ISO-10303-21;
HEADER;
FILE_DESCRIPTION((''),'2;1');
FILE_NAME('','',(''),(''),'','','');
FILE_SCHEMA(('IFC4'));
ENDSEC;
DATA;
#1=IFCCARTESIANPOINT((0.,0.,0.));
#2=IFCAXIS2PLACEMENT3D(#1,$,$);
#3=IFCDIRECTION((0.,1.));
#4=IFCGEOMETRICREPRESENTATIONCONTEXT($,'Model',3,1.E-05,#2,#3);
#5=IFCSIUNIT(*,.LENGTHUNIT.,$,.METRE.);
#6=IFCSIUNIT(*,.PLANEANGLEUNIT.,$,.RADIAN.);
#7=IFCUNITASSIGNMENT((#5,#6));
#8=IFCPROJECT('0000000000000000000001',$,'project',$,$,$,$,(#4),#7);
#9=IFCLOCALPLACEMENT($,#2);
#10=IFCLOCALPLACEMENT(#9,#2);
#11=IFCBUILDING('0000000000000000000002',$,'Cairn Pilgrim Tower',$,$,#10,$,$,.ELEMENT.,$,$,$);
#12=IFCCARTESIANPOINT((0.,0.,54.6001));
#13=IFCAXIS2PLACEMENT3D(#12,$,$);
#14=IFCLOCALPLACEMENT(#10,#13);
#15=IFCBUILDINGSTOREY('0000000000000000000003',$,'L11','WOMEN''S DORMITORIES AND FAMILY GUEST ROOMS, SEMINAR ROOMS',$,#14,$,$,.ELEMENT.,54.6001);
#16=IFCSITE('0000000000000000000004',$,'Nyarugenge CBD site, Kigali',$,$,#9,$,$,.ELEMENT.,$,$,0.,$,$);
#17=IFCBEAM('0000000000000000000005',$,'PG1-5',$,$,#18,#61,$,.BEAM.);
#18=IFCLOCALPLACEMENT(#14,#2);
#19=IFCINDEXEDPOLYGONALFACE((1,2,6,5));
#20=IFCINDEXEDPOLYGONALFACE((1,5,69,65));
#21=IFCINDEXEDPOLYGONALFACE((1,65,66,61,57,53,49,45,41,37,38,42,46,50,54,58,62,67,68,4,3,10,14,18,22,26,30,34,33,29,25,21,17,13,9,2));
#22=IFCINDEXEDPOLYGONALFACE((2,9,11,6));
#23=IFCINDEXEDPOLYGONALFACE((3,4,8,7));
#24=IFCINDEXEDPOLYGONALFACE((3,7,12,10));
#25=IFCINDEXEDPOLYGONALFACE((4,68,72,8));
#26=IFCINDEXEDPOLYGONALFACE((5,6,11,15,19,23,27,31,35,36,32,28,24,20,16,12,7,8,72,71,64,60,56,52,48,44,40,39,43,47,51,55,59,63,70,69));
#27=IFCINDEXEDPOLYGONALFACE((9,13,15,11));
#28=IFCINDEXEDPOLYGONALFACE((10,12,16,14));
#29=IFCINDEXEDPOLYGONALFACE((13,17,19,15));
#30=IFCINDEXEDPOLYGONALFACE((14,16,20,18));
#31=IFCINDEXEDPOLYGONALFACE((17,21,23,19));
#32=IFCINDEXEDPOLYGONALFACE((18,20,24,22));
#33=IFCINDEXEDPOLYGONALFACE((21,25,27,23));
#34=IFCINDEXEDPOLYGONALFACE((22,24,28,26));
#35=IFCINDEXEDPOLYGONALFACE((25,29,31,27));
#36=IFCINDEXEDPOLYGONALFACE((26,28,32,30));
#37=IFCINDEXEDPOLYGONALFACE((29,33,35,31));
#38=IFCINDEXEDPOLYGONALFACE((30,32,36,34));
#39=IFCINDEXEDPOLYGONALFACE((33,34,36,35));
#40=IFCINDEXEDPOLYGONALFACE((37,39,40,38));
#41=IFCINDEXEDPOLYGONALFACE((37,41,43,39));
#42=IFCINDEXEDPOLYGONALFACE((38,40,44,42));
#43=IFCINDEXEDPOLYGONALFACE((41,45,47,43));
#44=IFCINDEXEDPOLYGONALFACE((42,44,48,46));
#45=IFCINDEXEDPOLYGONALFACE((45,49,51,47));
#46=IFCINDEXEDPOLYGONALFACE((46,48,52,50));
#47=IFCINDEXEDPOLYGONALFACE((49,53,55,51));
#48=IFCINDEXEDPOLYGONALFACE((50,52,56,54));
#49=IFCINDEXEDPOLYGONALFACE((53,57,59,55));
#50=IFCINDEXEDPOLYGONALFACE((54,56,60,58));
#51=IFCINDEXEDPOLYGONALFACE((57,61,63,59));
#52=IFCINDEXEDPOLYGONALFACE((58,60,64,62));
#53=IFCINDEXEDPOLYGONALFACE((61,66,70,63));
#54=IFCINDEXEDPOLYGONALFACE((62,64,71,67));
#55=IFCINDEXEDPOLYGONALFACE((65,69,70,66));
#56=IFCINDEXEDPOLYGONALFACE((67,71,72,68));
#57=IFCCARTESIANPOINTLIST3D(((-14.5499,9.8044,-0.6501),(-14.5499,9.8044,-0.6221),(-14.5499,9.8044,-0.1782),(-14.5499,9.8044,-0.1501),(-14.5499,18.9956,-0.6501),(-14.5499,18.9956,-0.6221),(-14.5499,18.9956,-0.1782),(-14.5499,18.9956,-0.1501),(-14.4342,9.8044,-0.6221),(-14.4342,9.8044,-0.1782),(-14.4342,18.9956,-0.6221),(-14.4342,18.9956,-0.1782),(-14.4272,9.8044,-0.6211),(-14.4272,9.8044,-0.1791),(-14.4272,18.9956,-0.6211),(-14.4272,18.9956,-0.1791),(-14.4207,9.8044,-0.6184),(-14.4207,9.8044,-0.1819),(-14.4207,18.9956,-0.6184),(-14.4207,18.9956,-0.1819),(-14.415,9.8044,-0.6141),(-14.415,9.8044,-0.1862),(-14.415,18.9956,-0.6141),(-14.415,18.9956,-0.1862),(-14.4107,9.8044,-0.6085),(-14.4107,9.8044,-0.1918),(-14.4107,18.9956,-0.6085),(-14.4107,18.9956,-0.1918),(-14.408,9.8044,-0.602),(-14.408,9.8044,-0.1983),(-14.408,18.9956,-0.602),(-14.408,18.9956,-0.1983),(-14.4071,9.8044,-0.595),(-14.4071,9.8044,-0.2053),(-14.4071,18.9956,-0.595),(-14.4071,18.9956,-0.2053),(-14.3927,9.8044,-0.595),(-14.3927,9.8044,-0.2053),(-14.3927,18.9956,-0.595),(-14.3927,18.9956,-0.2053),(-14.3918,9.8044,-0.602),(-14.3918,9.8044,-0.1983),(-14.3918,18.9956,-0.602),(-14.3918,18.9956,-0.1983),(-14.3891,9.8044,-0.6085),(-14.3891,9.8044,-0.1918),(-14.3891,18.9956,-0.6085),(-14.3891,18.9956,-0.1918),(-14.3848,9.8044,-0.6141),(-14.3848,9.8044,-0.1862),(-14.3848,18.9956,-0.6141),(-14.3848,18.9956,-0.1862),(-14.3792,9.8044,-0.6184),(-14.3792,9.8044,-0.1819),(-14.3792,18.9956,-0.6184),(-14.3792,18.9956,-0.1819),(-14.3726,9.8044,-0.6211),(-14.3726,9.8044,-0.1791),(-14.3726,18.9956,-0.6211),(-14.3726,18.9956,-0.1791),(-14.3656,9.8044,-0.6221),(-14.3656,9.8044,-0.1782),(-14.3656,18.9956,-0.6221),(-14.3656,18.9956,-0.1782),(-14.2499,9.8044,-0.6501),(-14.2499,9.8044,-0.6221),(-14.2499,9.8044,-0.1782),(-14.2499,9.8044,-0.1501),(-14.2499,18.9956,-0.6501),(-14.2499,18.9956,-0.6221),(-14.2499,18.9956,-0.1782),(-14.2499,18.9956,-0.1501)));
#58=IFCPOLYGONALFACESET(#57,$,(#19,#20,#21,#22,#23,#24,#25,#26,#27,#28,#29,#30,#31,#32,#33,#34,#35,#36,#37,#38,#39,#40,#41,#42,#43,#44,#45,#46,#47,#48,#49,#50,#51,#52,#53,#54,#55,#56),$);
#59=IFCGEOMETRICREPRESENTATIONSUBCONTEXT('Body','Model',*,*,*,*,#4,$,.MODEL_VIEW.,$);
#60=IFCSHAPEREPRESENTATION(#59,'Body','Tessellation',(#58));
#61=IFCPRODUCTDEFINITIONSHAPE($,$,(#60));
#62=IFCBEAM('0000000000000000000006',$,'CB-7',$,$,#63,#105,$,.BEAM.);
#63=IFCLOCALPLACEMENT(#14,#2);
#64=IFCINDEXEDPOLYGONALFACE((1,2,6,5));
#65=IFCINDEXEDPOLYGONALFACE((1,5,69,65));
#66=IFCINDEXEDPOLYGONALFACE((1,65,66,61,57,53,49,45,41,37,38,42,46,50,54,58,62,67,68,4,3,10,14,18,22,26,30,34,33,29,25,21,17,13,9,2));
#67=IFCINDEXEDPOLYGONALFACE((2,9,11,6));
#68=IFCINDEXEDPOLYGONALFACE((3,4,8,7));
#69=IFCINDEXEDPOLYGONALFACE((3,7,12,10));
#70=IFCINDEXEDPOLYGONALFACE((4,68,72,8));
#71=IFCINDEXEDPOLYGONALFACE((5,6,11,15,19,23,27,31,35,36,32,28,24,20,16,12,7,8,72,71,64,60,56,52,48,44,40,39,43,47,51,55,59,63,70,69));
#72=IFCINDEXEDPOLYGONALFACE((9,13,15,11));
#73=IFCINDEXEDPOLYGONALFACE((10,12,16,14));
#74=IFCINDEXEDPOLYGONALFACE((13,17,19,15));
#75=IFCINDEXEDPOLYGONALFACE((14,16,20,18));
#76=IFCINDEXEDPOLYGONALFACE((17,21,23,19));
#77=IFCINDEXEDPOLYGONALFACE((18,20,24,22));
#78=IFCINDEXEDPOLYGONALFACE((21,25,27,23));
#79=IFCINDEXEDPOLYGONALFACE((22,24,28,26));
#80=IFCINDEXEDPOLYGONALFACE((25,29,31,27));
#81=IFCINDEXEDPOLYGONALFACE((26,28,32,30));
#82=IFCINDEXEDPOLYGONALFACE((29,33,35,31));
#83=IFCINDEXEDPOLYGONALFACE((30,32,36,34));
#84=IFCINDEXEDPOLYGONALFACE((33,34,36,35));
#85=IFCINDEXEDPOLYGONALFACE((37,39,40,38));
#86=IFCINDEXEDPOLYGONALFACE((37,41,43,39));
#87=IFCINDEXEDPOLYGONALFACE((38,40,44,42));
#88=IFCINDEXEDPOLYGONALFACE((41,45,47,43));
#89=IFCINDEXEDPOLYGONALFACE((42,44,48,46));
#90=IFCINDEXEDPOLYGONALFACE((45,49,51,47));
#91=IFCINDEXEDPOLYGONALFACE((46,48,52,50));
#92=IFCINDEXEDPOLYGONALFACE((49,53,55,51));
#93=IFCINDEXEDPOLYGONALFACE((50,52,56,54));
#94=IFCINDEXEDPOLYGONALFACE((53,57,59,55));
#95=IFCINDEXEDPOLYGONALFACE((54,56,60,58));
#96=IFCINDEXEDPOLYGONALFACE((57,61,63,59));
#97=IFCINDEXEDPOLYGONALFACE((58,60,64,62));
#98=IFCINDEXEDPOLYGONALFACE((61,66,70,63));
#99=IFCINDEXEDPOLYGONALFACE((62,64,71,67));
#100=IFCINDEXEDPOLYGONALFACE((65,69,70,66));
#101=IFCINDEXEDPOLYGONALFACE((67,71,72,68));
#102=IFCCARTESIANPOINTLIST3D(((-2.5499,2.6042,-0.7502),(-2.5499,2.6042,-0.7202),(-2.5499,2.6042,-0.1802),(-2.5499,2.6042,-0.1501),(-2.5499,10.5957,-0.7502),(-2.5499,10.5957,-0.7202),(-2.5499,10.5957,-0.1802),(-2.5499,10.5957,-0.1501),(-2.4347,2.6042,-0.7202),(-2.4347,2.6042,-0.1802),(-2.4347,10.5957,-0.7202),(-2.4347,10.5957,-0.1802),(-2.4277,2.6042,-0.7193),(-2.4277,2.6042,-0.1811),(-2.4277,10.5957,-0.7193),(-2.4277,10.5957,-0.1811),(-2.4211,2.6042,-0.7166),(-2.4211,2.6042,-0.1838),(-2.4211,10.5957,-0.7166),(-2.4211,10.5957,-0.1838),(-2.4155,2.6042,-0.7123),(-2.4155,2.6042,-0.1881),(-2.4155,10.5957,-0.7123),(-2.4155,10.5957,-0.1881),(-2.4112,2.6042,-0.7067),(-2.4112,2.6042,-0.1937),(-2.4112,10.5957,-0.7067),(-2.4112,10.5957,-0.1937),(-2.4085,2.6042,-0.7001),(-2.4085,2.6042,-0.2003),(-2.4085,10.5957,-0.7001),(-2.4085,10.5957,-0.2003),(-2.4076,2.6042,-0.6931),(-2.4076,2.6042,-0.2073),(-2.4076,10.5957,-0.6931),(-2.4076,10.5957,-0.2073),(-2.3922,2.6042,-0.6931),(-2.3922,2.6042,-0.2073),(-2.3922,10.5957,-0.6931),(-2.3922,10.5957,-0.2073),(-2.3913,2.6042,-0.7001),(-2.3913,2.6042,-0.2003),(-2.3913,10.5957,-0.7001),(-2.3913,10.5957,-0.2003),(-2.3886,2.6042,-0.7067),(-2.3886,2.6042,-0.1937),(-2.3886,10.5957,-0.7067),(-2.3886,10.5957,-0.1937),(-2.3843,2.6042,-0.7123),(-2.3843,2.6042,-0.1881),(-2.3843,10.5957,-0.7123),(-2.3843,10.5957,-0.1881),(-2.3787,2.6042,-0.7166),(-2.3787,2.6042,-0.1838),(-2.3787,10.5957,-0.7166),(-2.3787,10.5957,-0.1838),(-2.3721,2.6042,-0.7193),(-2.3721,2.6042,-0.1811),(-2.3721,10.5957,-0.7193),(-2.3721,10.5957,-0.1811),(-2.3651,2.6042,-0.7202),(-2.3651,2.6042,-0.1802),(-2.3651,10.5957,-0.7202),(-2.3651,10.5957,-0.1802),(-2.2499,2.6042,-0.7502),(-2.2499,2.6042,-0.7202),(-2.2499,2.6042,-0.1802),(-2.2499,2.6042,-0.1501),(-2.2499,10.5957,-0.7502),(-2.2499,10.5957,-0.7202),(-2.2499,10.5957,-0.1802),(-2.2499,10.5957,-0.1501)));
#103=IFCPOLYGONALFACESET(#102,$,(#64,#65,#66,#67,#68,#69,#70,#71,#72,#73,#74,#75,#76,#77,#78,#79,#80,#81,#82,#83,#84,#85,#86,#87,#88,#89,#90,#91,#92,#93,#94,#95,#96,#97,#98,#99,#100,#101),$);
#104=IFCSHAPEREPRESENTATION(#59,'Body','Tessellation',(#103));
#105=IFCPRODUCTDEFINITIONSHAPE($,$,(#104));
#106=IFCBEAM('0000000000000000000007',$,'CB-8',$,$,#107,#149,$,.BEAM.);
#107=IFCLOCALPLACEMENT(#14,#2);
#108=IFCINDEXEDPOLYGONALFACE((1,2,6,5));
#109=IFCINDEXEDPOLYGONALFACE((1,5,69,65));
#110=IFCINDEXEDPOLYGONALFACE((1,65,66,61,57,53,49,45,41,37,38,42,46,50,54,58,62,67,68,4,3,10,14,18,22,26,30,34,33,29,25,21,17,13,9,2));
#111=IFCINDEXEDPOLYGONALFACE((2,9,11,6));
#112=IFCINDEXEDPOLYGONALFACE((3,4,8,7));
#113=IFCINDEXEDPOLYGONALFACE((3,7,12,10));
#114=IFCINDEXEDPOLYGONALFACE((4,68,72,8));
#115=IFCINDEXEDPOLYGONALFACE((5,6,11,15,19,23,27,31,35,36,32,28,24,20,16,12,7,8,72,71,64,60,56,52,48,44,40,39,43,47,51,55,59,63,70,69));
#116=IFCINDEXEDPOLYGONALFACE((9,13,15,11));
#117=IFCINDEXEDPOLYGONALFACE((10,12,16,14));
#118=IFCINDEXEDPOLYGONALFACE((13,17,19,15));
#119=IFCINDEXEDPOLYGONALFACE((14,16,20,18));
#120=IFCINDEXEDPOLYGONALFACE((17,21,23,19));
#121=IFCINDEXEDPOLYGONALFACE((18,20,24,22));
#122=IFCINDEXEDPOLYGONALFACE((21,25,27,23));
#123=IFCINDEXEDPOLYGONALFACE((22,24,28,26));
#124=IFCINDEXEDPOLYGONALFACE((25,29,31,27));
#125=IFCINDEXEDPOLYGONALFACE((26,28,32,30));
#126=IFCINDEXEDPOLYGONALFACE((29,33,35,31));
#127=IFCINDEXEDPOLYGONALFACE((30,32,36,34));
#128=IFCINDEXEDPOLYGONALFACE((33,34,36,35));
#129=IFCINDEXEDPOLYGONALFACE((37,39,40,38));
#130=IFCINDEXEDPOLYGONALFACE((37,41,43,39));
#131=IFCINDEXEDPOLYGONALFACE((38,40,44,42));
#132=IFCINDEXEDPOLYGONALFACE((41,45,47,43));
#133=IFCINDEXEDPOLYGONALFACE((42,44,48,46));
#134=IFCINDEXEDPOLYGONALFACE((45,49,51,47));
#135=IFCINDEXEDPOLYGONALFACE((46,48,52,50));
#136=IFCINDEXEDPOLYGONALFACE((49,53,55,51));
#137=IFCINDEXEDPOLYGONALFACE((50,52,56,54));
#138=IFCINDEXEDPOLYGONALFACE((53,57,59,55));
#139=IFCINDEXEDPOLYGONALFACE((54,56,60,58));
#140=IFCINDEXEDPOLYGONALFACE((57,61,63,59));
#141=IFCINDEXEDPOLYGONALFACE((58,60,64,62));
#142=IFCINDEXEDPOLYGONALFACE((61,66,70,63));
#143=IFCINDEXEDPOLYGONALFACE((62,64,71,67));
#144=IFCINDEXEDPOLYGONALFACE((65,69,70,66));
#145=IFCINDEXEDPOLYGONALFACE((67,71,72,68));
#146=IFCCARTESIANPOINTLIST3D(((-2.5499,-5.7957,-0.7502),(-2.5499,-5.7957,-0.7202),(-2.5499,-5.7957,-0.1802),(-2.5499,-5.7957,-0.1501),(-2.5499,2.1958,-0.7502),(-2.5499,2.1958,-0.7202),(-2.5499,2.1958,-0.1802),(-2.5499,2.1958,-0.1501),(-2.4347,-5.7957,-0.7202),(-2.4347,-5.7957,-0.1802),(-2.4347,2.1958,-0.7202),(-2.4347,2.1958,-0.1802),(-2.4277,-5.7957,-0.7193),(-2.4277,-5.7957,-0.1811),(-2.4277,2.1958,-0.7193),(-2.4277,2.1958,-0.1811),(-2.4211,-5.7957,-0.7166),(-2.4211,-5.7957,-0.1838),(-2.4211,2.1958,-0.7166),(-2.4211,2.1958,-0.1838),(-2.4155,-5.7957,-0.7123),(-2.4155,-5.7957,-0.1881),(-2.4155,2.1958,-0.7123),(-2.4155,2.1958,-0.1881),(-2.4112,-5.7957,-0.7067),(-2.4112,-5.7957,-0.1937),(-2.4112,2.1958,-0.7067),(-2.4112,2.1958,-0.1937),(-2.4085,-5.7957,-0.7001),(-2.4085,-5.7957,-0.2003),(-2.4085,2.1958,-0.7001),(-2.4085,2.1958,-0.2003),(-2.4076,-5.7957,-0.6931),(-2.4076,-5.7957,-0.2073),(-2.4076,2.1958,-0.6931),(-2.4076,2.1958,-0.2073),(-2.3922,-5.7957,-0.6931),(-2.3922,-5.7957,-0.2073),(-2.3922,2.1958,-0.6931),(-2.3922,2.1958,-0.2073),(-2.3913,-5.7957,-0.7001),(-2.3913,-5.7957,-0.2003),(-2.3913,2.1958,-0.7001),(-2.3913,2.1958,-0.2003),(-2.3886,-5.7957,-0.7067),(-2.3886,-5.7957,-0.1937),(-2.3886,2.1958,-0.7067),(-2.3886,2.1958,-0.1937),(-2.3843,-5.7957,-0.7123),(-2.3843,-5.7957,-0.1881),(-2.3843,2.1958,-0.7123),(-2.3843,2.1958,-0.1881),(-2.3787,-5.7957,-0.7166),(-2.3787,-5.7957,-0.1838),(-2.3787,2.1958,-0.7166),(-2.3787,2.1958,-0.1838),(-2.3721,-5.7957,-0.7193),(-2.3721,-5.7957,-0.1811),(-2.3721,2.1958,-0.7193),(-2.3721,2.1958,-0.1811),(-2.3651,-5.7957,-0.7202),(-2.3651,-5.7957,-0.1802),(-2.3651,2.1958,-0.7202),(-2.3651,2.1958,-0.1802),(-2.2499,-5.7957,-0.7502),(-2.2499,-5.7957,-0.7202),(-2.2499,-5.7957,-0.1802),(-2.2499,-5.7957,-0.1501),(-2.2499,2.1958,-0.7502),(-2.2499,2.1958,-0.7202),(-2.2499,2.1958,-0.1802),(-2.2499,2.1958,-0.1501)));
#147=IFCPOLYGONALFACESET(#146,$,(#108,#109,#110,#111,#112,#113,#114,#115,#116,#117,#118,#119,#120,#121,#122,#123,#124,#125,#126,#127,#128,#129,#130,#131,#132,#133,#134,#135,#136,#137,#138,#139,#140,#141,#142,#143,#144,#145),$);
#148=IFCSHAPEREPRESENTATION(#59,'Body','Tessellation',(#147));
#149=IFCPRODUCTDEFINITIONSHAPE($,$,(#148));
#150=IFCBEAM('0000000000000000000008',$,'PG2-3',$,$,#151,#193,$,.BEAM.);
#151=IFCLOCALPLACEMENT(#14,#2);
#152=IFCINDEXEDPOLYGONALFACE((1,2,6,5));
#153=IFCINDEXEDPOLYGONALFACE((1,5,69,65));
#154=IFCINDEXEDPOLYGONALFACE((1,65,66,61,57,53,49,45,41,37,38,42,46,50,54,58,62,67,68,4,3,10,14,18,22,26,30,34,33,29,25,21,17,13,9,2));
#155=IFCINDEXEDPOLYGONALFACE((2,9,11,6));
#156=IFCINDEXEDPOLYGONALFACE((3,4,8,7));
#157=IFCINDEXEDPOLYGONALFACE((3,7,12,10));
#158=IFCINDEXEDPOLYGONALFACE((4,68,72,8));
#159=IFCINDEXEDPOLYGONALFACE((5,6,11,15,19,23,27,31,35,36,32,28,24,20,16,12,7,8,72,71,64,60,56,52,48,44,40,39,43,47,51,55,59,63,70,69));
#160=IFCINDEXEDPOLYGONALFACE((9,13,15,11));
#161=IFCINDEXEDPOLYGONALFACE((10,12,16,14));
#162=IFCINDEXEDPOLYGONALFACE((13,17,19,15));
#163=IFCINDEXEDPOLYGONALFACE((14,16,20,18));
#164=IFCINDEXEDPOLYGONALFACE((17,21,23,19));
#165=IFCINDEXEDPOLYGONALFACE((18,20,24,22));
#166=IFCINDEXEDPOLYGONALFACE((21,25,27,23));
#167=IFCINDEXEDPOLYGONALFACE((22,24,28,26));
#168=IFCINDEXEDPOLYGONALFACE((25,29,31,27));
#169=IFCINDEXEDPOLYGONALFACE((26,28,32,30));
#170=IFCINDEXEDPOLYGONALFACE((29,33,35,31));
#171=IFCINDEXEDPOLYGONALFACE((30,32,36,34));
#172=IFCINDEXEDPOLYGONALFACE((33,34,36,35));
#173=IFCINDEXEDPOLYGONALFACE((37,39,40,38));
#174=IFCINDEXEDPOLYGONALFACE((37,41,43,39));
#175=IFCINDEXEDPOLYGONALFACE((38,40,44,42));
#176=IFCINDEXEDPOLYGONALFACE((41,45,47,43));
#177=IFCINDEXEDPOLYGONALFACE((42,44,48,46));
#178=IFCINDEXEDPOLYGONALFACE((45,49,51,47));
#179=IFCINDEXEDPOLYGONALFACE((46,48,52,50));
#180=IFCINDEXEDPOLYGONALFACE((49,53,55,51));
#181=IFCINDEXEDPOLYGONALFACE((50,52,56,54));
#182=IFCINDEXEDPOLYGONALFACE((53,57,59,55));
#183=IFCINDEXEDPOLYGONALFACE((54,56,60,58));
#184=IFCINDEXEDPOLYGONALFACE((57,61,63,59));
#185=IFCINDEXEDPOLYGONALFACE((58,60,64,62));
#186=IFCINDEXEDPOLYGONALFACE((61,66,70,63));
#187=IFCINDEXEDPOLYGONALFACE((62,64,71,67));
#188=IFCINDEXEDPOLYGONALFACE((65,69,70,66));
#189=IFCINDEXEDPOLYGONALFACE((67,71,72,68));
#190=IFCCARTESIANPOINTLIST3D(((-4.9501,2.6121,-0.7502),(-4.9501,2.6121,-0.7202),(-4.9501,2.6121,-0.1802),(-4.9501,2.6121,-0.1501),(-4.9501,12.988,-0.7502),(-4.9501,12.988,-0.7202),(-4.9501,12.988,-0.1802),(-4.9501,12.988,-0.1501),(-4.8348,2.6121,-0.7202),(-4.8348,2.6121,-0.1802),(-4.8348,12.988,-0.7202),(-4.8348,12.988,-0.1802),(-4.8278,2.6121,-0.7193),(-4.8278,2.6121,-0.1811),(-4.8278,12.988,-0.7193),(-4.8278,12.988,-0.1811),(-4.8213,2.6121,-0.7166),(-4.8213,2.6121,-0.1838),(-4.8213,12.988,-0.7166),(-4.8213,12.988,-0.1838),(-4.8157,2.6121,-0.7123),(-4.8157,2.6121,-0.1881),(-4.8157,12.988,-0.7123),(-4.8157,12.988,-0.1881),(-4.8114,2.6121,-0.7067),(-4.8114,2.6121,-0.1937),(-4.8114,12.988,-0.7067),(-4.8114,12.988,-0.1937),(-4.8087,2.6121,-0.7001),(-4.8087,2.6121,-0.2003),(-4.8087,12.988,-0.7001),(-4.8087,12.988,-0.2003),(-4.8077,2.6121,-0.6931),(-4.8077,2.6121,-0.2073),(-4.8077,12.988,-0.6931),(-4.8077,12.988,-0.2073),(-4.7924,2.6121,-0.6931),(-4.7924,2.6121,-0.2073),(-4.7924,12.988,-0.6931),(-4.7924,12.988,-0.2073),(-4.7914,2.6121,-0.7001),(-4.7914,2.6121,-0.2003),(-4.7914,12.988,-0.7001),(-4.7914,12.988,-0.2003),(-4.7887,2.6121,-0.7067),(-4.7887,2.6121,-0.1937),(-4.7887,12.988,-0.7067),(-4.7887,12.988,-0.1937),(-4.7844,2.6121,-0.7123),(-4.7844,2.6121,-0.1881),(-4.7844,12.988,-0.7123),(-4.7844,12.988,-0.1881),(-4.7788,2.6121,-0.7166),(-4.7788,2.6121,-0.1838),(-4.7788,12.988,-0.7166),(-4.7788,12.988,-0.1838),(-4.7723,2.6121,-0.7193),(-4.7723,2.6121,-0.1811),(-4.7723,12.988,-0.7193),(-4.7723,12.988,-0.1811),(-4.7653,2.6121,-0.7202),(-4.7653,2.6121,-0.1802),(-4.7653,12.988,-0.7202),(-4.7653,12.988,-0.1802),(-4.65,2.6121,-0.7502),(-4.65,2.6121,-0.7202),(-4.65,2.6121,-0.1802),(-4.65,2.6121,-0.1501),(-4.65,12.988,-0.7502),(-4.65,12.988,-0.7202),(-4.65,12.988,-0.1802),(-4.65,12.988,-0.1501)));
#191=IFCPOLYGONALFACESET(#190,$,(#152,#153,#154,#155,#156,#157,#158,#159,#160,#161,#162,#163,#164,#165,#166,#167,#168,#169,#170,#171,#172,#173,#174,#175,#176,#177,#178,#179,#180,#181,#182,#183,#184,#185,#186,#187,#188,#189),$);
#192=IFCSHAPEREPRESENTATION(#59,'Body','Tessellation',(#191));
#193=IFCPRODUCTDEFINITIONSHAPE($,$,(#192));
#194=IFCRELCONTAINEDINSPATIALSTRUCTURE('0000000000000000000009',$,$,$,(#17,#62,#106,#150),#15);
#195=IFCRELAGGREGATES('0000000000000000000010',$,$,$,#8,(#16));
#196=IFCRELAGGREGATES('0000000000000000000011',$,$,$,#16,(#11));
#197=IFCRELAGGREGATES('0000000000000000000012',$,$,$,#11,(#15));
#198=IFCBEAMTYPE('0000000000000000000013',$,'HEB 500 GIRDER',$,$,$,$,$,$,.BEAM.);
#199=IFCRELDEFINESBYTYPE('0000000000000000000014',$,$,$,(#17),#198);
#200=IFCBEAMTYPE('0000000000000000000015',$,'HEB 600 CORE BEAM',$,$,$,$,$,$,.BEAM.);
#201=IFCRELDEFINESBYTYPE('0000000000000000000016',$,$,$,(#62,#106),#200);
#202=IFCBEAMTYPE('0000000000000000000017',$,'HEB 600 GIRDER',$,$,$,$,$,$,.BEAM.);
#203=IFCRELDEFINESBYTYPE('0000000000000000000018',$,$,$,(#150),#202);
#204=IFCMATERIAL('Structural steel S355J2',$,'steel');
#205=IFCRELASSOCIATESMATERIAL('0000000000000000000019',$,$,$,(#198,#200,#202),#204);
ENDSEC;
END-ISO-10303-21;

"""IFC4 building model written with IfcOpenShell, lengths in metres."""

from ifc_helpers import new_model, si_unit, direction, frame, origin, origin_2d, place, context, subcontext, project, spatial, i_section, extrude, material, material_profile, profile_set, type_object, element, save


model = new_model("IFC4")

# Units and contexts
model_context = context("Model", 3, precision=1e-05, world=origin(), true_north=direction((0.0, 1.0)))
body_context = subcontext(model_context, "Body", "Model", "MODEL_VIEW")
ifc_project = project(units=[si_unit("LENGTHUNIT", "METRE"), si_unit("PLANEANGLEUNIT", "RADIAN")], contexts=[model_context])

# Site, building, storey
site_placement = place(None, origin())
site = spatial("IfcSite", under=ifc_project, at=site_placement, Name="Nyarugenge CBD site, Kigali", CompositionType="ELEMENT", RefElevation=0.0)
building_placement = place(site_placement, origin())
building = spatial("IfcBuilding", under=site, at=building_placement, Name="Cairn Pilgrim Tower", CompositionType="ELEMENT")
storey_placement = place(building_placement, frame((0.0, 0.0, 54.6001)))
storey = spatial("IfcBuildingStorey", under=building, at=storey_placement, Name="L11", Description="WOMEN'S DORMITORIES AND FAMILY GUEST ROOMS, SEMINAR ROOMS", CompositionType="ELEMENT", Elevation=54.6001)

# Beams
ifc_material_1 = material(Name="Structural steel S355J2", Category="steel")
ifc_material_profile_1 = material_profile(ifc_material_1, i_section(OverallWidth=0.3, OverallDepth=0.5, WebThickness=0.0144, FlangeThickness=0.0281, FilletRadius=0.0271, at=origin_2d()), Name="HEB 500")
ifc_profile_set_1 = profile_set([ifc_material_profile_1], Name="Structural steel S355J2")
beam_type_1 = type_object("IfcBeamType", Name="HEB 500 GIRDER", PredefinedType="BEAM", material=ifc_profile_set_1)
beam_1_placement = place(storey_placement, frame((-14.3999, 9.8044, -0.4001), z_axis=(0.0, 1.0, 0.0), x_axis=(-1.0, 0.0, 0.0)))
element("IfcBeam", 1, at=beam_1_placement, inside=storey, type_object=beam_type_1, Name="PG1-5", PredefinedType="BEAM", context=body_context, shape_type="SweptSolid", body=[
    extrude(i_section(OverallWidth=0.3, OverallDepth=0.5, WebThickness=0.0144, FlangeThickness=0.0281, FilletRadius=0.0271, at=origin_2d()), origin(), (0.0, 0.0, 1.0), 9.1912),
])
ifc_material_profile_2 = material_profile(ifc_material_1, i_section(OverallWidth=0.3, OverallDepth=0.6001, WebThickness=0.0154, FlangeThickness=0.03, FilletRadius=0.0271, at=origin_2d()), Name="HEB 600")
ifc_profile_set_2 = profile_set([ifc_material_profile_2], Name="Structural steel S355J2")
beam_type_2 = type_object("IfcBeamType", Name="HEB 600 CORE BEAM", PredefinedType="BEAM", material=ifc_profile_set_2)
for number, where, z_axis, x_axis, name in (
    (2, (-2.3999, 10.5957, -0.4502), (0.0, -1.0, 0.0), (1.0, 0.0, 0.0), "CB-7"),
    (3, (-2.3999, 2.1958, -0.4502), (0.0, -1.0, 0.0), (1.0, 0.0, 0.0), "CB-8"),
):
    element("IfcBeam", number, at=place(storey_placement, frame(where, z_axis=z_axis, x_axis=x_axis)), inside=storey, type_object=beam_type_2, Name=name, PredefinedType="BEAM", context=body_context, shape_type="SweptSolid", body=[
        extrude(i_section(OverallWidth=0.3, OverallDepth=0.6001, WebThickness=0.0154, FlangeThickness=0.03, FilletRadius=0.0271, at=origin_2d()), origin(), (0.0, 0.0, 1.0), 7.9915),
    ])
ifc_material_profile_3 = material_profile(ifc_material_1, i_section(OverallWidth=0.3, OverallDepth=0.6001, WebThickness=0.0154, FlangeThickness=0.03, FilletRadius=0.0271, at=origin_2d()), Name="HEB 600")
ifc_profile_set_3 = profile_set([ifc_material_profile_3], Name="Structural steel S355J2")
beam_type_3 = type_object("IfcBeamType", Name="HEB 600 GIRDER", PredefinedType="BEAM", material=ifc_profile_set_3)
beam_2_placement = place(storey_placement, frame((-4.8, 2.6121, -0.4502), z_axis=(0.0, 1.0, 0.0), x_axis=(-1.0, 0.0, 0.0)))
element("IfcBeam", 4, at=beam_2_placement, inside=storey, type_object=beam_type_3, Name="PG2-3", PredefinedType="BEAM", context=body_context, shape_type="SweptSolid", body=[
    extrude(i_section(OverallWidth=0.3, OverallDepth=0.6001, WebThickness=0.0154, FlangeThickness=0.03, FilletRadius=0.0271, at=origin_2d()), origin(), (0.0, 0.0, 1.0), 10.376),
])

save(model, "model.ifc")
